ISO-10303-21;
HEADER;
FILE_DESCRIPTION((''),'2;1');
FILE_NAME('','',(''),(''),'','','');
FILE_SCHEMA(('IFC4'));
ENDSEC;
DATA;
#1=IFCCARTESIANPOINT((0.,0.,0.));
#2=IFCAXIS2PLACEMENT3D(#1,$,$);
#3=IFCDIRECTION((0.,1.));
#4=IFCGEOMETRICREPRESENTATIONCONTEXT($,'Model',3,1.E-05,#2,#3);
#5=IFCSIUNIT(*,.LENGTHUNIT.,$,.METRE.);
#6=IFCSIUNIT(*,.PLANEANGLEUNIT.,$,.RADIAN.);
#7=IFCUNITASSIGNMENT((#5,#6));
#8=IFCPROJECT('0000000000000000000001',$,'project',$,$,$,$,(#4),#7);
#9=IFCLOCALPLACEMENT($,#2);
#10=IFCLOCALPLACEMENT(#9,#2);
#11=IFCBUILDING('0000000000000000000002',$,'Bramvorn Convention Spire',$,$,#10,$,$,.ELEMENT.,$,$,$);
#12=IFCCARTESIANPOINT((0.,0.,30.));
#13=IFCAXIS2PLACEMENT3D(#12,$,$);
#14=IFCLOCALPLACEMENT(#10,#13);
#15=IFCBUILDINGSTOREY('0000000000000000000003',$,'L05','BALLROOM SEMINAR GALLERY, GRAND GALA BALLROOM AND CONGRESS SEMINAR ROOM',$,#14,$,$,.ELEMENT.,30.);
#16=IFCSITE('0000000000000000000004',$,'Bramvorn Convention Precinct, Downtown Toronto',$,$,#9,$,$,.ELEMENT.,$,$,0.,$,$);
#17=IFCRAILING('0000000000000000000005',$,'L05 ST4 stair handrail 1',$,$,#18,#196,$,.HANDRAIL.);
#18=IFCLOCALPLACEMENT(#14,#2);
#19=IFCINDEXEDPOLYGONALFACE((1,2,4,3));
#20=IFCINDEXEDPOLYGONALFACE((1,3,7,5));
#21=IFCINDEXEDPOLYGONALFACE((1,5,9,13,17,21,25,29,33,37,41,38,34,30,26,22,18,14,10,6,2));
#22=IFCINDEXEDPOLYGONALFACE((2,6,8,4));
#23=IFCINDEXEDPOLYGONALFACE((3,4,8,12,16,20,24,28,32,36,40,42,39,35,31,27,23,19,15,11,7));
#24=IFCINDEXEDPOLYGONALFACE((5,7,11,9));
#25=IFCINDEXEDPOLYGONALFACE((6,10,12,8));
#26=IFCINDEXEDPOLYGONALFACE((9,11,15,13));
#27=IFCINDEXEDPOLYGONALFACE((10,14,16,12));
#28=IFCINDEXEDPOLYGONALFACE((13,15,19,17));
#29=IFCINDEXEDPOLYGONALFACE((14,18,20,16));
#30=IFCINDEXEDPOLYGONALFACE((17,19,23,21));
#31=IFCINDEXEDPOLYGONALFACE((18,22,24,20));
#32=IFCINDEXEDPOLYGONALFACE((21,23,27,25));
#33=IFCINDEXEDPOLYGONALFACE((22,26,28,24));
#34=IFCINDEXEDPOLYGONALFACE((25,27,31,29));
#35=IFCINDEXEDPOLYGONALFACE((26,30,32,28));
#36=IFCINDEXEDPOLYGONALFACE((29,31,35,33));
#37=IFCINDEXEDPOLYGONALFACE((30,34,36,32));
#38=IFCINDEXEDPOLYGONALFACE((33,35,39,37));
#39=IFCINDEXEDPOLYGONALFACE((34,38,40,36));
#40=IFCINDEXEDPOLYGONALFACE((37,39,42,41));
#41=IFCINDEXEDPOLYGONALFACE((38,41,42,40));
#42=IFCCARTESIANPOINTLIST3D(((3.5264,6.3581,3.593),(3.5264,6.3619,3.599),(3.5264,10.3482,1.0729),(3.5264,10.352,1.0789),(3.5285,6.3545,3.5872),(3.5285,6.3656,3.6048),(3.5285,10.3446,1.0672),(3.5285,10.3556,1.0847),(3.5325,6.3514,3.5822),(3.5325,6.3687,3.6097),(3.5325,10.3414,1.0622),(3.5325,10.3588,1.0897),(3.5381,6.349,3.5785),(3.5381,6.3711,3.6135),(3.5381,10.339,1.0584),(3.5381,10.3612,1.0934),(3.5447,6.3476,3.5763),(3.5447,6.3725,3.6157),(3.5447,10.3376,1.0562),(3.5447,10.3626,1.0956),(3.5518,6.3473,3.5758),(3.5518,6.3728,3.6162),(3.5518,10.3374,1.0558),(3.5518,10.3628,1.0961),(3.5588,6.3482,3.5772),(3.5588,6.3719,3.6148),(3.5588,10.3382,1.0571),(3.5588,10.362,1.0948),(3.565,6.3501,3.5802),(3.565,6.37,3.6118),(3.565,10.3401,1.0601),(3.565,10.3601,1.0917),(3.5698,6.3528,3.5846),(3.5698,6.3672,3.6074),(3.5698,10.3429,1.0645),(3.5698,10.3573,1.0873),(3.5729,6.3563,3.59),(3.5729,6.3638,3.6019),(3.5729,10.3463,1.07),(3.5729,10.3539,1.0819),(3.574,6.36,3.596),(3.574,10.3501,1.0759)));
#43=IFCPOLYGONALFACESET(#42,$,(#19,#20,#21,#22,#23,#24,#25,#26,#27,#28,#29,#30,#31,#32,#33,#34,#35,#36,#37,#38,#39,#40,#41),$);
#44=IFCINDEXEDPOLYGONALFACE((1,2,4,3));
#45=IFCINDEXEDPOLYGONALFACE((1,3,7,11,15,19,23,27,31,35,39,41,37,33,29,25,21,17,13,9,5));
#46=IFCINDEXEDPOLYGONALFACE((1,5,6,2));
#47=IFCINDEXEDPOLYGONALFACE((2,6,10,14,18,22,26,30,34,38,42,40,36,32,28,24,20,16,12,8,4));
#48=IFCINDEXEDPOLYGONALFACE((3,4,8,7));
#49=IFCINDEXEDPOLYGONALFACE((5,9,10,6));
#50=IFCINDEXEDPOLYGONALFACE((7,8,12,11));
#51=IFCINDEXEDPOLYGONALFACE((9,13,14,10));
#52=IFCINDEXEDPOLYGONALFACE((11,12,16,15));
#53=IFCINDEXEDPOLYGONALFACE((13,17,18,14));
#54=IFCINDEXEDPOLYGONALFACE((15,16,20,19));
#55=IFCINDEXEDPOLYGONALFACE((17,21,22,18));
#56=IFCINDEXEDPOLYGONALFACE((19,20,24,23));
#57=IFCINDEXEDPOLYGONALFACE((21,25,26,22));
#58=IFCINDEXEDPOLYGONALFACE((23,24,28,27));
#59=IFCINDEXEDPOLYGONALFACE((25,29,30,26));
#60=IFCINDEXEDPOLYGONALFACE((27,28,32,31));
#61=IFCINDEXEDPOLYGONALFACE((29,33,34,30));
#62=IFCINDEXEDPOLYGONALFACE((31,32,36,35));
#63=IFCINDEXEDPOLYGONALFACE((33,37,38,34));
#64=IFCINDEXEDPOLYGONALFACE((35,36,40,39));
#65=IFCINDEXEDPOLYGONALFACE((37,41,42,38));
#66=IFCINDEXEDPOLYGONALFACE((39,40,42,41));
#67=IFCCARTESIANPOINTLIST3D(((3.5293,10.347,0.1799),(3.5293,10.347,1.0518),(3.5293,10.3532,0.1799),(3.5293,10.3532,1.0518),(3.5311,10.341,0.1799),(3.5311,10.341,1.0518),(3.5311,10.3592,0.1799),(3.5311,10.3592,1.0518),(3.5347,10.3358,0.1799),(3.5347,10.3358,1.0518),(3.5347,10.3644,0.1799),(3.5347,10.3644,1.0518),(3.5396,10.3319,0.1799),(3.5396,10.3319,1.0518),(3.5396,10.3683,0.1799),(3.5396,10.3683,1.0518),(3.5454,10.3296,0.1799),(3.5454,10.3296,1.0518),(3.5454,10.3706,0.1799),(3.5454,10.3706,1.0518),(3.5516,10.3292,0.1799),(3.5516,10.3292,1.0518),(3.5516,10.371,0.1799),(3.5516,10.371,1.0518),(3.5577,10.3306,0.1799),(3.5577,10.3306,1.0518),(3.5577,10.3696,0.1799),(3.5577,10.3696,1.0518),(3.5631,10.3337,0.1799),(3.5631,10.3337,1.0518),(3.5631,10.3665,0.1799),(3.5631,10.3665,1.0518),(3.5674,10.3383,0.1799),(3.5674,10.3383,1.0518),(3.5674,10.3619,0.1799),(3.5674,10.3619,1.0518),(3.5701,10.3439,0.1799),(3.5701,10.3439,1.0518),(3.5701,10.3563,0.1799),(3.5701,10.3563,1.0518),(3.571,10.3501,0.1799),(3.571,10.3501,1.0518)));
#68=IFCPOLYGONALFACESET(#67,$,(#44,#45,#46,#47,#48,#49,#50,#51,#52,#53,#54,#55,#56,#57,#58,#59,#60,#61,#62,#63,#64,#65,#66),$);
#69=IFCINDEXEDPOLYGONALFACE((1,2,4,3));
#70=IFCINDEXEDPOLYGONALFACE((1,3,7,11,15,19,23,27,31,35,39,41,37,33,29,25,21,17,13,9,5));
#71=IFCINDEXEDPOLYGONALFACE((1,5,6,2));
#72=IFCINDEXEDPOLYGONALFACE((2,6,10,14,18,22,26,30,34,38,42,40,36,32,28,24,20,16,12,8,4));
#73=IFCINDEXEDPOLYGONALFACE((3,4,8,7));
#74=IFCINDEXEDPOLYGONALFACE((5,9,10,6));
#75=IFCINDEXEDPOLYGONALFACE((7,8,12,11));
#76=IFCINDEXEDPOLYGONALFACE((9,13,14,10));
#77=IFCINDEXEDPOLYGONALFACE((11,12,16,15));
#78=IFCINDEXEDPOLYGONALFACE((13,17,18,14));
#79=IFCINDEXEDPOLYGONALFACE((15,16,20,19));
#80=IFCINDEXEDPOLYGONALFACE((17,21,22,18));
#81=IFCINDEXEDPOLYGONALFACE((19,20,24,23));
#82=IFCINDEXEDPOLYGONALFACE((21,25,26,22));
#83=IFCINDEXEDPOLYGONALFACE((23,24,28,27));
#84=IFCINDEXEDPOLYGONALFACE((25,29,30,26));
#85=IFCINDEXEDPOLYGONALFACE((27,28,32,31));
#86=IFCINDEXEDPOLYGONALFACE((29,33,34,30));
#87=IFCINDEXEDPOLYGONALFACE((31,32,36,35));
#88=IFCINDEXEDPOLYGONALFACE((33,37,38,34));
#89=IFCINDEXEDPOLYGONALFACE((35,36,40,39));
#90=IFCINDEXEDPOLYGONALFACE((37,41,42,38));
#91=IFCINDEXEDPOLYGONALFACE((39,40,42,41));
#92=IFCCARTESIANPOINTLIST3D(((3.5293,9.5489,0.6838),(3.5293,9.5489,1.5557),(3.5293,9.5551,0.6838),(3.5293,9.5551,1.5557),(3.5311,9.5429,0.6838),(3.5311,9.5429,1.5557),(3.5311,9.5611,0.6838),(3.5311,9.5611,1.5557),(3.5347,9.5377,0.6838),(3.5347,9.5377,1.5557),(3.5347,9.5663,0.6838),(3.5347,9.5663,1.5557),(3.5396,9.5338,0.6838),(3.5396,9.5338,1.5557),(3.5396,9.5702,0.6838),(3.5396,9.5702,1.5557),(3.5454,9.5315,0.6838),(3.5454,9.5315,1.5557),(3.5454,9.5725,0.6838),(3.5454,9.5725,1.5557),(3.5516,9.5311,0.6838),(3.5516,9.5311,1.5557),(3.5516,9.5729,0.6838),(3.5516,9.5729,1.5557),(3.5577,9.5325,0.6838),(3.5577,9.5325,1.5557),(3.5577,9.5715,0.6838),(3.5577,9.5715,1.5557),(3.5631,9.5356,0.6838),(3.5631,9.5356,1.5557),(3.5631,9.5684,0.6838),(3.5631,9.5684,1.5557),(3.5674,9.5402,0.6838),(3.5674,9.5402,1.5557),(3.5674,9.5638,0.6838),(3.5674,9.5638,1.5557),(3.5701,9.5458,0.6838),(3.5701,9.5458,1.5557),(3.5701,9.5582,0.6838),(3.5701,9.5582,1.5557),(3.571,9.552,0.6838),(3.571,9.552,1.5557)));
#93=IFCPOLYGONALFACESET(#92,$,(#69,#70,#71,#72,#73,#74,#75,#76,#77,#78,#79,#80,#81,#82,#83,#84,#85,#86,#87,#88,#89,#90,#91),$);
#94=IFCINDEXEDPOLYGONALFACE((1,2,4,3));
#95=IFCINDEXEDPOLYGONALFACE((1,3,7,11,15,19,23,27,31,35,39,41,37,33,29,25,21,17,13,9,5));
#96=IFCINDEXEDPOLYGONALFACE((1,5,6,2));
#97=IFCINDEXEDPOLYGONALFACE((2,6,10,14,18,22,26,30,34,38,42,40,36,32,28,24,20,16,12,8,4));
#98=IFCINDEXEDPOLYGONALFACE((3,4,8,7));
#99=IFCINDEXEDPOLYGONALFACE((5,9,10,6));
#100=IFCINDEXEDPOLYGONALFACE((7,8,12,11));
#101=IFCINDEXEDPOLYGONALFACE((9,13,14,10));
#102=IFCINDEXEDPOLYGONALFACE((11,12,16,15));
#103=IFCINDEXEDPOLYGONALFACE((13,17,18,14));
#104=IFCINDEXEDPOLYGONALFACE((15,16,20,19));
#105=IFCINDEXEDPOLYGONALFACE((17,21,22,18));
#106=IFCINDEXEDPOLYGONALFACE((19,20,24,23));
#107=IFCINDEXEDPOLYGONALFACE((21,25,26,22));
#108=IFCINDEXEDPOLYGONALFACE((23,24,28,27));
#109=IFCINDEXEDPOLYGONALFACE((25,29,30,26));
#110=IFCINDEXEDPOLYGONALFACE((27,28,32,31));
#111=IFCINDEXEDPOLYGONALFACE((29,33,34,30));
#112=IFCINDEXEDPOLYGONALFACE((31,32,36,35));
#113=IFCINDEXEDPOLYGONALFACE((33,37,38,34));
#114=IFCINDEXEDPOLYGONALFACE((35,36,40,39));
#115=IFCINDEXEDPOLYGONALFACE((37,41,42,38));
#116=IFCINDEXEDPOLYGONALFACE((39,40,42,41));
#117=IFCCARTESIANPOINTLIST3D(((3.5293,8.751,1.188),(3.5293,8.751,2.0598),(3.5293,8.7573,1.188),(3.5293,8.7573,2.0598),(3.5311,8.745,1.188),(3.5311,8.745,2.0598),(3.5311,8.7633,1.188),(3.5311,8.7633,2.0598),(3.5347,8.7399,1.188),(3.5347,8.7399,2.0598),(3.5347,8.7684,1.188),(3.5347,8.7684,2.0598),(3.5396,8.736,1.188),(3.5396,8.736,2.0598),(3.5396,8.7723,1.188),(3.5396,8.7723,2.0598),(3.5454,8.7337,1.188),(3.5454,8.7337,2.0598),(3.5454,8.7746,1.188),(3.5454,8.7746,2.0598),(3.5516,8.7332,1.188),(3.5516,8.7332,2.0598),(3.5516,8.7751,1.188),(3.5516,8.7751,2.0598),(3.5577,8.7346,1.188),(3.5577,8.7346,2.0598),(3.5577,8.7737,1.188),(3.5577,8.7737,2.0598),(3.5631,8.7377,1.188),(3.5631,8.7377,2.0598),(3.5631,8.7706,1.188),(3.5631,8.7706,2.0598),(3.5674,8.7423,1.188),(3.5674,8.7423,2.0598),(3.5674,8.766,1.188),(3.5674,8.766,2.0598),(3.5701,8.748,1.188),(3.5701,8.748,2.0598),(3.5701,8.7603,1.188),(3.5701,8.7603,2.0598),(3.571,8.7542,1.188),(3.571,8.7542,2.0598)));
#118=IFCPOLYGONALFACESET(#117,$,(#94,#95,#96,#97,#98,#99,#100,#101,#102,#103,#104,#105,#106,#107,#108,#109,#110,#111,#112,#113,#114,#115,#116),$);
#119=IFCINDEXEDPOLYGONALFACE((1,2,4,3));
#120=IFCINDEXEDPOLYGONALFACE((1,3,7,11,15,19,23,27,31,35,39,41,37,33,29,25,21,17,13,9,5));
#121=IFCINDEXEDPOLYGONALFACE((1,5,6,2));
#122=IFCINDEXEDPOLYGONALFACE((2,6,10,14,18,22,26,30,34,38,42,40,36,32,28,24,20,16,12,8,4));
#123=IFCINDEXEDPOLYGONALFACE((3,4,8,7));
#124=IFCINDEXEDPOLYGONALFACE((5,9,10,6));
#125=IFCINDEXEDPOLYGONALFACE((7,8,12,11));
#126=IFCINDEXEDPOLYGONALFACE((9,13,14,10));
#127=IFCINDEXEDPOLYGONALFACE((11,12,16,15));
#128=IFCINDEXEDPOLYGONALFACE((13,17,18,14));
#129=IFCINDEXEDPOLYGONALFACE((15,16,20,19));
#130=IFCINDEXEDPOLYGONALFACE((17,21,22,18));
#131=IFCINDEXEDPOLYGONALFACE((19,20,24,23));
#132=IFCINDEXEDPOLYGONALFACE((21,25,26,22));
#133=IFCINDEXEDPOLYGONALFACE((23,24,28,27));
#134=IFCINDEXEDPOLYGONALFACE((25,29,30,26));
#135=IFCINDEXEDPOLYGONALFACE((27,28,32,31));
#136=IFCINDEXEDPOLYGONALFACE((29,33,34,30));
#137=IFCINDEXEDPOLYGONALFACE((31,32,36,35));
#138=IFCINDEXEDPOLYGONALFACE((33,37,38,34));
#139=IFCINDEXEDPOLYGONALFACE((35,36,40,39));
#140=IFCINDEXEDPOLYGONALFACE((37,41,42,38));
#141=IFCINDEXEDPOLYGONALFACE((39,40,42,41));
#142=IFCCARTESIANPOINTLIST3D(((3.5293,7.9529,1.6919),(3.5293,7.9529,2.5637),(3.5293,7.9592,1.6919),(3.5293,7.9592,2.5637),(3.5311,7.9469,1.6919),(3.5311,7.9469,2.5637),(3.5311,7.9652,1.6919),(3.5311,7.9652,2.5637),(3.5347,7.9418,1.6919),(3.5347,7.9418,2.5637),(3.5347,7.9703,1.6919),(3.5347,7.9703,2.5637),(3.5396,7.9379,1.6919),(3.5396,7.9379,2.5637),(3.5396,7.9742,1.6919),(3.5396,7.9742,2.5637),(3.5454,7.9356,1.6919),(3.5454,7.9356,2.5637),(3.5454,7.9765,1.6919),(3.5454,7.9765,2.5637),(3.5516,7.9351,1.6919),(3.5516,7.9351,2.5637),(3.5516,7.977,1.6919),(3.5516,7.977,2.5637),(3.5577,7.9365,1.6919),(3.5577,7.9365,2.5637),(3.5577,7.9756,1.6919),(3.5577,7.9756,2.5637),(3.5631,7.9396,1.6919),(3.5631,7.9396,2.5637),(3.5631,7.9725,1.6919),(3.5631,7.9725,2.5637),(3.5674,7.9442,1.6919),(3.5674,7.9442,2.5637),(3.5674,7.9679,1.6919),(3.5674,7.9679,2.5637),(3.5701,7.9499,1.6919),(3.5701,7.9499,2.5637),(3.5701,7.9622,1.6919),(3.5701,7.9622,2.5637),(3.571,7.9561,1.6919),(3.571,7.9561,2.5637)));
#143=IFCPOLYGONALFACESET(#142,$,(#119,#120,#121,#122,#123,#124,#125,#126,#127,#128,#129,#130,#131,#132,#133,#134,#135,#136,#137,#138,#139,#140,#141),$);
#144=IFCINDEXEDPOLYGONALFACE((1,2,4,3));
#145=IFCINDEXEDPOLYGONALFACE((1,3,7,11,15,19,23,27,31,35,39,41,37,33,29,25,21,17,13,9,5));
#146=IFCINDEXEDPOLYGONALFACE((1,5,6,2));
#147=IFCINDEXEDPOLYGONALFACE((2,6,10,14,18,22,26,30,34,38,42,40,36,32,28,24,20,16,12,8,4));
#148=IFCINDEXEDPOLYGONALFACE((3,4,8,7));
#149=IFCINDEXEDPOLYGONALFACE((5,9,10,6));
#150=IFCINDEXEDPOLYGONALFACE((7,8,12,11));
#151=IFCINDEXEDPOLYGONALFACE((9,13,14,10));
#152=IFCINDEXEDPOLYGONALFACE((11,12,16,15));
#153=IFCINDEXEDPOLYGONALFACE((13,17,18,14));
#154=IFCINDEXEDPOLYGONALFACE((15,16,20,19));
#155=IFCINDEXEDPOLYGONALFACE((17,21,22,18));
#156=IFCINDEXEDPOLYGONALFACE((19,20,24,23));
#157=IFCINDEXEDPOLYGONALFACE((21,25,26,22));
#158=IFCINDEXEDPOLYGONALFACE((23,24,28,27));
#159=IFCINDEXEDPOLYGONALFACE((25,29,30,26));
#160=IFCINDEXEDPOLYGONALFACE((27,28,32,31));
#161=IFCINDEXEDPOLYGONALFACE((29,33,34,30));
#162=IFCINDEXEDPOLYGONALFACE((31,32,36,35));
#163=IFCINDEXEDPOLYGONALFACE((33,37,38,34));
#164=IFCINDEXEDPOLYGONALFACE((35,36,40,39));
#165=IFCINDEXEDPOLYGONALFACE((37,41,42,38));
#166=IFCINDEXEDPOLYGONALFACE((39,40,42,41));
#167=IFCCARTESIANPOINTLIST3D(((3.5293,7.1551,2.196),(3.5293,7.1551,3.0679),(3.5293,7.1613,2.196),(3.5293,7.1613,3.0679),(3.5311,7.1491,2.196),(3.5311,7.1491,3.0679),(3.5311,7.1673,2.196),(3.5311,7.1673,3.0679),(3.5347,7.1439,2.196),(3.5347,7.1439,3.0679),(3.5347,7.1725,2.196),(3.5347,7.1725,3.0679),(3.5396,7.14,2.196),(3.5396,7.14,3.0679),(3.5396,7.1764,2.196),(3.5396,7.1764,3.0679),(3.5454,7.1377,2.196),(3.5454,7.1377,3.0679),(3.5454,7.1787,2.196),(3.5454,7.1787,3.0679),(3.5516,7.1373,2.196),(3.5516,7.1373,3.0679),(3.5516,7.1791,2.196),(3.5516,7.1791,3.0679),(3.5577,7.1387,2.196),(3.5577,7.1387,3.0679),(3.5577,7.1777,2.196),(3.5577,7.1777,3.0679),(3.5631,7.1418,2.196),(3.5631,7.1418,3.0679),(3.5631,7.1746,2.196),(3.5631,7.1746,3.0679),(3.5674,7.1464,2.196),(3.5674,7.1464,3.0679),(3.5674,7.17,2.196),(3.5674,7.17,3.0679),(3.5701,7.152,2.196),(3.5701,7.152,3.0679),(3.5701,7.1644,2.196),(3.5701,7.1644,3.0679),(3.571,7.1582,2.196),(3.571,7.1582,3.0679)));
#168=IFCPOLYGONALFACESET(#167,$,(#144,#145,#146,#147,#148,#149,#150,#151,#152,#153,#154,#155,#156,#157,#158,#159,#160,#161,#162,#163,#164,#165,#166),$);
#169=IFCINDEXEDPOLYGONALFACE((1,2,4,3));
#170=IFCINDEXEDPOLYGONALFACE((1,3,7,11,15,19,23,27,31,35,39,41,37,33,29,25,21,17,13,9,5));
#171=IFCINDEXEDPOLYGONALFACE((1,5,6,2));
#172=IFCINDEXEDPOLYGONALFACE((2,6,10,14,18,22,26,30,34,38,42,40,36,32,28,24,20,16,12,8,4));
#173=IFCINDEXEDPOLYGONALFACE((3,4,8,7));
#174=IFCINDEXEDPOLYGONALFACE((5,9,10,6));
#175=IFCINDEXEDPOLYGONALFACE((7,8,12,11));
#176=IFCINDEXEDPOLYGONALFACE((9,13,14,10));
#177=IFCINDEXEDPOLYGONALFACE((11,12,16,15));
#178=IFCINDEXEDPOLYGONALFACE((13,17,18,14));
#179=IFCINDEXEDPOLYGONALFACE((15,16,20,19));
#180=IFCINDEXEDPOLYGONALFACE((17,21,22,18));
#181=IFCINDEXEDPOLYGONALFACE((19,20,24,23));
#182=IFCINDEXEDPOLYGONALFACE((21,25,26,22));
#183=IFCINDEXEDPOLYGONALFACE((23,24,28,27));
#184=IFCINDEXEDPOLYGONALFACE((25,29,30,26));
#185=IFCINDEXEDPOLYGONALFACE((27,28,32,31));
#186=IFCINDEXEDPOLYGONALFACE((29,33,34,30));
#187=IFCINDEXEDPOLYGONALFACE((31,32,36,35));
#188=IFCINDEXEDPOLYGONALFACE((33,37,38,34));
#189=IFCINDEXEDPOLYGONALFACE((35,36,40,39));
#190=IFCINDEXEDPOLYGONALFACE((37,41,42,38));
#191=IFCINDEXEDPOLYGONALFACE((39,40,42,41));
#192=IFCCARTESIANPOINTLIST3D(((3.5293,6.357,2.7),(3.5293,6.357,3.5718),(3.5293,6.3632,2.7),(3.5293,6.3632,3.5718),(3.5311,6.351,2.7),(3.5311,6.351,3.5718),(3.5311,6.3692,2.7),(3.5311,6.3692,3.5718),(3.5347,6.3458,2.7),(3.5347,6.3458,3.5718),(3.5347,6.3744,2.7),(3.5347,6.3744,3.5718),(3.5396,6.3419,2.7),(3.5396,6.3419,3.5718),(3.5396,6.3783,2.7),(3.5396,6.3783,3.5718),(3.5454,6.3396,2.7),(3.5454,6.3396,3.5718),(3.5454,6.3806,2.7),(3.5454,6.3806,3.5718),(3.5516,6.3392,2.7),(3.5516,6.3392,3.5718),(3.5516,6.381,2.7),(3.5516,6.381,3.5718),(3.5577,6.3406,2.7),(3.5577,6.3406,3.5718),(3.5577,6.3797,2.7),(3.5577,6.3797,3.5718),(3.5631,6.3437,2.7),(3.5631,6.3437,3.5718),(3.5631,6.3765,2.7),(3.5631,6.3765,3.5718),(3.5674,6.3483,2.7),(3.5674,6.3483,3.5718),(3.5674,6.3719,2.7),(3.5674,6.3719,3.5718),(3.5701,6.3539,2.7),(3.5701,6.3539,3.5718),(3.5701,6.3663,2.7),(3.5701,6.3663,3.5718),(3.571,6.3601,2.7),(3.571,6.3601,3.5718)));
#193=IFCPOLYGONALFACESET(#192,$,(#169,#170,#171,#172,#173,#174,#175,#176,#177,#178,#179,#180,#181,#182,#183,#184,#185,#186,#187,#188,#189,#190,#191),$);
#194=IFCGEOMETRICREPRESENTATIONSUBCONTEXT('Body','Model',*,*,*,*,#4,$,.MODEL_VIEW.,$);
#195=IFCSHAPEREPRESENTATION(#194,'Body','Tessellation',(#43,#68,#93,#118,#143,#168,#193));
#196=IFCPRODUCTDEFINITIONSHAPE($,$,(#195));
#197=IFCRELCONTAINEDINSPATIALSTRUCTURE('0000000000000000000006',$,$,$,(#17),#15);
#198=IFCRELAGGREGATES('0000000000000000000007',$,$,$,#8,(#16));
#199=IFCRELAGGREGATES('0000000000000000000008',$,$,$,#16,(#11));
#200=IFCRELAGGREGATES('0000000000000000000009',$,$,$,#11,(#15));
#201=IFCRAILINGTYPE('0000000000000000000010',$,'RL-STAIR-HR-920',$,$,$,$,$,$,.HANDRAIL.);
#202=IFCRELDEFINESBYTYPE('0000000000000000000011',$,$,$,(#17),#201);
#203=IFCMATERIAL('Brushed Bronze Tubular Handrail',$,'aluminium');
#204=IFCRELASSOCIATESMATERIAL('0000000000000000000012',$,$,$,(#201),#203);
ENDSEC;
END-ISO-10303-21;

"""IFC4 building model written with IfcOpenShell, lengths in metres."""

from ifc_helpers import new_model, si_unit, direction, frame, origin, origin_2d, place, context, subcontext, project, spatial, circle, extrude, material, type_object, element, save


model = new_model("IFC4")

# Units and contexts
model_context = context("Model", 3, precision=1e-05, world=origin(), true_north=direction((0.0, 1.0)))
body_context = subcontext(model_context, "Body", "Model", "MODEL_VIEW")
ifc_project = project(units=[si_unit("LENGTHUNIT", "METRE"), si_unit("PLANEANGLEUNIT", "RADIAN")], contexts=[model_context])

# Site, building, storey
site_placement = place(None, origin())
site = spatial("IfcSite", under=ifc_project, at=site_placement, Name="Bramvorn Convention Precinct, Downtown Toronto", CompositionType="ELEMENT", RefElevation=0.0)
building_placement = place(site_placement, origin())
building = spatial("IfcBuilding", under=site, at=building_placement, Name="Bramvorn Convention Spire", CompositionType="ELEMENT")
storey_placement = place(building_placement, frame((0.0, 0.0, 30.0)))
storey = spatial("IfcBuildingStorey", under=building, at=storey_placement, Name="L05", Description="BALLROOM SEMINAR GALLERY, GRAND GALA BALLROOM AND CONGRESS SEMINAR ROOM", CompositionType="ELEMENT", Elevation=30.0)

# Railing
ifc_material_1 = material(Name="Brushed Bronze Tubular Handrail", Category="aluminium")
railing_type_1 = type_object("IfcRailingType", Name="RL-STAIR-HR-920", PredefinedType="HANDRAIL", material=ifc_material_1)
railing_1_placement = place(storey_placement, frame((3.55, 10.3501, 0.1799)))
element("IfcRailing", 1, at=railing_1_placement, inside=storey, type_object=railing_type_1, Name="L05 ST4 stair handrail 1", PredefinedType="HANDRAIL", context=body_context, shape_type="SweptSolid", body=[
    extrude(circle(Radius=0.0239, at=origin_2d()), frame((0.0, 0.0, 0.896), z_axis=(0.0, -0.845486, 0.533997), x_axis=(1.0, 0.0, 0.0)), (0.0, 0.0, 1.0), 4.7192),
    extrude(circle(Radius=0.021, at=origin_2d()), origin(), (0.0, 0.0, 1.0), 0.8718),
    extrude(circle(Radius=0.021, at=origin_2d()), frame((0.0, -0.7981, 0.5039)), (0.0, 0.0, 1.0), 0.8718),
    extrude(circle(Radius=0.021, at=origin_2d()), frame((0.0, -1.5959, 1.0081)), (0.0, 0.0, 1.0), 0.8718),
    extrude(circle(Radius=0.021, at=origin_2d()), frame((0.0, -2.394, 1.512)), (0.0, 0.0, 1.0), 0.8718),
    extrude(circle(Radius=0.021, at=origin_2d()), frame((0.0, -3.1919, 2.0161)), (0.0, 0.0, 1.0), 0.8718),
    extrude(circle(Radius=0.021, at=origin_2d()), frame((0.0, -3.99, 2.52)), (0.0, 0.0, 1.0), 0.8718),
])

save(model, "model.ifc")
